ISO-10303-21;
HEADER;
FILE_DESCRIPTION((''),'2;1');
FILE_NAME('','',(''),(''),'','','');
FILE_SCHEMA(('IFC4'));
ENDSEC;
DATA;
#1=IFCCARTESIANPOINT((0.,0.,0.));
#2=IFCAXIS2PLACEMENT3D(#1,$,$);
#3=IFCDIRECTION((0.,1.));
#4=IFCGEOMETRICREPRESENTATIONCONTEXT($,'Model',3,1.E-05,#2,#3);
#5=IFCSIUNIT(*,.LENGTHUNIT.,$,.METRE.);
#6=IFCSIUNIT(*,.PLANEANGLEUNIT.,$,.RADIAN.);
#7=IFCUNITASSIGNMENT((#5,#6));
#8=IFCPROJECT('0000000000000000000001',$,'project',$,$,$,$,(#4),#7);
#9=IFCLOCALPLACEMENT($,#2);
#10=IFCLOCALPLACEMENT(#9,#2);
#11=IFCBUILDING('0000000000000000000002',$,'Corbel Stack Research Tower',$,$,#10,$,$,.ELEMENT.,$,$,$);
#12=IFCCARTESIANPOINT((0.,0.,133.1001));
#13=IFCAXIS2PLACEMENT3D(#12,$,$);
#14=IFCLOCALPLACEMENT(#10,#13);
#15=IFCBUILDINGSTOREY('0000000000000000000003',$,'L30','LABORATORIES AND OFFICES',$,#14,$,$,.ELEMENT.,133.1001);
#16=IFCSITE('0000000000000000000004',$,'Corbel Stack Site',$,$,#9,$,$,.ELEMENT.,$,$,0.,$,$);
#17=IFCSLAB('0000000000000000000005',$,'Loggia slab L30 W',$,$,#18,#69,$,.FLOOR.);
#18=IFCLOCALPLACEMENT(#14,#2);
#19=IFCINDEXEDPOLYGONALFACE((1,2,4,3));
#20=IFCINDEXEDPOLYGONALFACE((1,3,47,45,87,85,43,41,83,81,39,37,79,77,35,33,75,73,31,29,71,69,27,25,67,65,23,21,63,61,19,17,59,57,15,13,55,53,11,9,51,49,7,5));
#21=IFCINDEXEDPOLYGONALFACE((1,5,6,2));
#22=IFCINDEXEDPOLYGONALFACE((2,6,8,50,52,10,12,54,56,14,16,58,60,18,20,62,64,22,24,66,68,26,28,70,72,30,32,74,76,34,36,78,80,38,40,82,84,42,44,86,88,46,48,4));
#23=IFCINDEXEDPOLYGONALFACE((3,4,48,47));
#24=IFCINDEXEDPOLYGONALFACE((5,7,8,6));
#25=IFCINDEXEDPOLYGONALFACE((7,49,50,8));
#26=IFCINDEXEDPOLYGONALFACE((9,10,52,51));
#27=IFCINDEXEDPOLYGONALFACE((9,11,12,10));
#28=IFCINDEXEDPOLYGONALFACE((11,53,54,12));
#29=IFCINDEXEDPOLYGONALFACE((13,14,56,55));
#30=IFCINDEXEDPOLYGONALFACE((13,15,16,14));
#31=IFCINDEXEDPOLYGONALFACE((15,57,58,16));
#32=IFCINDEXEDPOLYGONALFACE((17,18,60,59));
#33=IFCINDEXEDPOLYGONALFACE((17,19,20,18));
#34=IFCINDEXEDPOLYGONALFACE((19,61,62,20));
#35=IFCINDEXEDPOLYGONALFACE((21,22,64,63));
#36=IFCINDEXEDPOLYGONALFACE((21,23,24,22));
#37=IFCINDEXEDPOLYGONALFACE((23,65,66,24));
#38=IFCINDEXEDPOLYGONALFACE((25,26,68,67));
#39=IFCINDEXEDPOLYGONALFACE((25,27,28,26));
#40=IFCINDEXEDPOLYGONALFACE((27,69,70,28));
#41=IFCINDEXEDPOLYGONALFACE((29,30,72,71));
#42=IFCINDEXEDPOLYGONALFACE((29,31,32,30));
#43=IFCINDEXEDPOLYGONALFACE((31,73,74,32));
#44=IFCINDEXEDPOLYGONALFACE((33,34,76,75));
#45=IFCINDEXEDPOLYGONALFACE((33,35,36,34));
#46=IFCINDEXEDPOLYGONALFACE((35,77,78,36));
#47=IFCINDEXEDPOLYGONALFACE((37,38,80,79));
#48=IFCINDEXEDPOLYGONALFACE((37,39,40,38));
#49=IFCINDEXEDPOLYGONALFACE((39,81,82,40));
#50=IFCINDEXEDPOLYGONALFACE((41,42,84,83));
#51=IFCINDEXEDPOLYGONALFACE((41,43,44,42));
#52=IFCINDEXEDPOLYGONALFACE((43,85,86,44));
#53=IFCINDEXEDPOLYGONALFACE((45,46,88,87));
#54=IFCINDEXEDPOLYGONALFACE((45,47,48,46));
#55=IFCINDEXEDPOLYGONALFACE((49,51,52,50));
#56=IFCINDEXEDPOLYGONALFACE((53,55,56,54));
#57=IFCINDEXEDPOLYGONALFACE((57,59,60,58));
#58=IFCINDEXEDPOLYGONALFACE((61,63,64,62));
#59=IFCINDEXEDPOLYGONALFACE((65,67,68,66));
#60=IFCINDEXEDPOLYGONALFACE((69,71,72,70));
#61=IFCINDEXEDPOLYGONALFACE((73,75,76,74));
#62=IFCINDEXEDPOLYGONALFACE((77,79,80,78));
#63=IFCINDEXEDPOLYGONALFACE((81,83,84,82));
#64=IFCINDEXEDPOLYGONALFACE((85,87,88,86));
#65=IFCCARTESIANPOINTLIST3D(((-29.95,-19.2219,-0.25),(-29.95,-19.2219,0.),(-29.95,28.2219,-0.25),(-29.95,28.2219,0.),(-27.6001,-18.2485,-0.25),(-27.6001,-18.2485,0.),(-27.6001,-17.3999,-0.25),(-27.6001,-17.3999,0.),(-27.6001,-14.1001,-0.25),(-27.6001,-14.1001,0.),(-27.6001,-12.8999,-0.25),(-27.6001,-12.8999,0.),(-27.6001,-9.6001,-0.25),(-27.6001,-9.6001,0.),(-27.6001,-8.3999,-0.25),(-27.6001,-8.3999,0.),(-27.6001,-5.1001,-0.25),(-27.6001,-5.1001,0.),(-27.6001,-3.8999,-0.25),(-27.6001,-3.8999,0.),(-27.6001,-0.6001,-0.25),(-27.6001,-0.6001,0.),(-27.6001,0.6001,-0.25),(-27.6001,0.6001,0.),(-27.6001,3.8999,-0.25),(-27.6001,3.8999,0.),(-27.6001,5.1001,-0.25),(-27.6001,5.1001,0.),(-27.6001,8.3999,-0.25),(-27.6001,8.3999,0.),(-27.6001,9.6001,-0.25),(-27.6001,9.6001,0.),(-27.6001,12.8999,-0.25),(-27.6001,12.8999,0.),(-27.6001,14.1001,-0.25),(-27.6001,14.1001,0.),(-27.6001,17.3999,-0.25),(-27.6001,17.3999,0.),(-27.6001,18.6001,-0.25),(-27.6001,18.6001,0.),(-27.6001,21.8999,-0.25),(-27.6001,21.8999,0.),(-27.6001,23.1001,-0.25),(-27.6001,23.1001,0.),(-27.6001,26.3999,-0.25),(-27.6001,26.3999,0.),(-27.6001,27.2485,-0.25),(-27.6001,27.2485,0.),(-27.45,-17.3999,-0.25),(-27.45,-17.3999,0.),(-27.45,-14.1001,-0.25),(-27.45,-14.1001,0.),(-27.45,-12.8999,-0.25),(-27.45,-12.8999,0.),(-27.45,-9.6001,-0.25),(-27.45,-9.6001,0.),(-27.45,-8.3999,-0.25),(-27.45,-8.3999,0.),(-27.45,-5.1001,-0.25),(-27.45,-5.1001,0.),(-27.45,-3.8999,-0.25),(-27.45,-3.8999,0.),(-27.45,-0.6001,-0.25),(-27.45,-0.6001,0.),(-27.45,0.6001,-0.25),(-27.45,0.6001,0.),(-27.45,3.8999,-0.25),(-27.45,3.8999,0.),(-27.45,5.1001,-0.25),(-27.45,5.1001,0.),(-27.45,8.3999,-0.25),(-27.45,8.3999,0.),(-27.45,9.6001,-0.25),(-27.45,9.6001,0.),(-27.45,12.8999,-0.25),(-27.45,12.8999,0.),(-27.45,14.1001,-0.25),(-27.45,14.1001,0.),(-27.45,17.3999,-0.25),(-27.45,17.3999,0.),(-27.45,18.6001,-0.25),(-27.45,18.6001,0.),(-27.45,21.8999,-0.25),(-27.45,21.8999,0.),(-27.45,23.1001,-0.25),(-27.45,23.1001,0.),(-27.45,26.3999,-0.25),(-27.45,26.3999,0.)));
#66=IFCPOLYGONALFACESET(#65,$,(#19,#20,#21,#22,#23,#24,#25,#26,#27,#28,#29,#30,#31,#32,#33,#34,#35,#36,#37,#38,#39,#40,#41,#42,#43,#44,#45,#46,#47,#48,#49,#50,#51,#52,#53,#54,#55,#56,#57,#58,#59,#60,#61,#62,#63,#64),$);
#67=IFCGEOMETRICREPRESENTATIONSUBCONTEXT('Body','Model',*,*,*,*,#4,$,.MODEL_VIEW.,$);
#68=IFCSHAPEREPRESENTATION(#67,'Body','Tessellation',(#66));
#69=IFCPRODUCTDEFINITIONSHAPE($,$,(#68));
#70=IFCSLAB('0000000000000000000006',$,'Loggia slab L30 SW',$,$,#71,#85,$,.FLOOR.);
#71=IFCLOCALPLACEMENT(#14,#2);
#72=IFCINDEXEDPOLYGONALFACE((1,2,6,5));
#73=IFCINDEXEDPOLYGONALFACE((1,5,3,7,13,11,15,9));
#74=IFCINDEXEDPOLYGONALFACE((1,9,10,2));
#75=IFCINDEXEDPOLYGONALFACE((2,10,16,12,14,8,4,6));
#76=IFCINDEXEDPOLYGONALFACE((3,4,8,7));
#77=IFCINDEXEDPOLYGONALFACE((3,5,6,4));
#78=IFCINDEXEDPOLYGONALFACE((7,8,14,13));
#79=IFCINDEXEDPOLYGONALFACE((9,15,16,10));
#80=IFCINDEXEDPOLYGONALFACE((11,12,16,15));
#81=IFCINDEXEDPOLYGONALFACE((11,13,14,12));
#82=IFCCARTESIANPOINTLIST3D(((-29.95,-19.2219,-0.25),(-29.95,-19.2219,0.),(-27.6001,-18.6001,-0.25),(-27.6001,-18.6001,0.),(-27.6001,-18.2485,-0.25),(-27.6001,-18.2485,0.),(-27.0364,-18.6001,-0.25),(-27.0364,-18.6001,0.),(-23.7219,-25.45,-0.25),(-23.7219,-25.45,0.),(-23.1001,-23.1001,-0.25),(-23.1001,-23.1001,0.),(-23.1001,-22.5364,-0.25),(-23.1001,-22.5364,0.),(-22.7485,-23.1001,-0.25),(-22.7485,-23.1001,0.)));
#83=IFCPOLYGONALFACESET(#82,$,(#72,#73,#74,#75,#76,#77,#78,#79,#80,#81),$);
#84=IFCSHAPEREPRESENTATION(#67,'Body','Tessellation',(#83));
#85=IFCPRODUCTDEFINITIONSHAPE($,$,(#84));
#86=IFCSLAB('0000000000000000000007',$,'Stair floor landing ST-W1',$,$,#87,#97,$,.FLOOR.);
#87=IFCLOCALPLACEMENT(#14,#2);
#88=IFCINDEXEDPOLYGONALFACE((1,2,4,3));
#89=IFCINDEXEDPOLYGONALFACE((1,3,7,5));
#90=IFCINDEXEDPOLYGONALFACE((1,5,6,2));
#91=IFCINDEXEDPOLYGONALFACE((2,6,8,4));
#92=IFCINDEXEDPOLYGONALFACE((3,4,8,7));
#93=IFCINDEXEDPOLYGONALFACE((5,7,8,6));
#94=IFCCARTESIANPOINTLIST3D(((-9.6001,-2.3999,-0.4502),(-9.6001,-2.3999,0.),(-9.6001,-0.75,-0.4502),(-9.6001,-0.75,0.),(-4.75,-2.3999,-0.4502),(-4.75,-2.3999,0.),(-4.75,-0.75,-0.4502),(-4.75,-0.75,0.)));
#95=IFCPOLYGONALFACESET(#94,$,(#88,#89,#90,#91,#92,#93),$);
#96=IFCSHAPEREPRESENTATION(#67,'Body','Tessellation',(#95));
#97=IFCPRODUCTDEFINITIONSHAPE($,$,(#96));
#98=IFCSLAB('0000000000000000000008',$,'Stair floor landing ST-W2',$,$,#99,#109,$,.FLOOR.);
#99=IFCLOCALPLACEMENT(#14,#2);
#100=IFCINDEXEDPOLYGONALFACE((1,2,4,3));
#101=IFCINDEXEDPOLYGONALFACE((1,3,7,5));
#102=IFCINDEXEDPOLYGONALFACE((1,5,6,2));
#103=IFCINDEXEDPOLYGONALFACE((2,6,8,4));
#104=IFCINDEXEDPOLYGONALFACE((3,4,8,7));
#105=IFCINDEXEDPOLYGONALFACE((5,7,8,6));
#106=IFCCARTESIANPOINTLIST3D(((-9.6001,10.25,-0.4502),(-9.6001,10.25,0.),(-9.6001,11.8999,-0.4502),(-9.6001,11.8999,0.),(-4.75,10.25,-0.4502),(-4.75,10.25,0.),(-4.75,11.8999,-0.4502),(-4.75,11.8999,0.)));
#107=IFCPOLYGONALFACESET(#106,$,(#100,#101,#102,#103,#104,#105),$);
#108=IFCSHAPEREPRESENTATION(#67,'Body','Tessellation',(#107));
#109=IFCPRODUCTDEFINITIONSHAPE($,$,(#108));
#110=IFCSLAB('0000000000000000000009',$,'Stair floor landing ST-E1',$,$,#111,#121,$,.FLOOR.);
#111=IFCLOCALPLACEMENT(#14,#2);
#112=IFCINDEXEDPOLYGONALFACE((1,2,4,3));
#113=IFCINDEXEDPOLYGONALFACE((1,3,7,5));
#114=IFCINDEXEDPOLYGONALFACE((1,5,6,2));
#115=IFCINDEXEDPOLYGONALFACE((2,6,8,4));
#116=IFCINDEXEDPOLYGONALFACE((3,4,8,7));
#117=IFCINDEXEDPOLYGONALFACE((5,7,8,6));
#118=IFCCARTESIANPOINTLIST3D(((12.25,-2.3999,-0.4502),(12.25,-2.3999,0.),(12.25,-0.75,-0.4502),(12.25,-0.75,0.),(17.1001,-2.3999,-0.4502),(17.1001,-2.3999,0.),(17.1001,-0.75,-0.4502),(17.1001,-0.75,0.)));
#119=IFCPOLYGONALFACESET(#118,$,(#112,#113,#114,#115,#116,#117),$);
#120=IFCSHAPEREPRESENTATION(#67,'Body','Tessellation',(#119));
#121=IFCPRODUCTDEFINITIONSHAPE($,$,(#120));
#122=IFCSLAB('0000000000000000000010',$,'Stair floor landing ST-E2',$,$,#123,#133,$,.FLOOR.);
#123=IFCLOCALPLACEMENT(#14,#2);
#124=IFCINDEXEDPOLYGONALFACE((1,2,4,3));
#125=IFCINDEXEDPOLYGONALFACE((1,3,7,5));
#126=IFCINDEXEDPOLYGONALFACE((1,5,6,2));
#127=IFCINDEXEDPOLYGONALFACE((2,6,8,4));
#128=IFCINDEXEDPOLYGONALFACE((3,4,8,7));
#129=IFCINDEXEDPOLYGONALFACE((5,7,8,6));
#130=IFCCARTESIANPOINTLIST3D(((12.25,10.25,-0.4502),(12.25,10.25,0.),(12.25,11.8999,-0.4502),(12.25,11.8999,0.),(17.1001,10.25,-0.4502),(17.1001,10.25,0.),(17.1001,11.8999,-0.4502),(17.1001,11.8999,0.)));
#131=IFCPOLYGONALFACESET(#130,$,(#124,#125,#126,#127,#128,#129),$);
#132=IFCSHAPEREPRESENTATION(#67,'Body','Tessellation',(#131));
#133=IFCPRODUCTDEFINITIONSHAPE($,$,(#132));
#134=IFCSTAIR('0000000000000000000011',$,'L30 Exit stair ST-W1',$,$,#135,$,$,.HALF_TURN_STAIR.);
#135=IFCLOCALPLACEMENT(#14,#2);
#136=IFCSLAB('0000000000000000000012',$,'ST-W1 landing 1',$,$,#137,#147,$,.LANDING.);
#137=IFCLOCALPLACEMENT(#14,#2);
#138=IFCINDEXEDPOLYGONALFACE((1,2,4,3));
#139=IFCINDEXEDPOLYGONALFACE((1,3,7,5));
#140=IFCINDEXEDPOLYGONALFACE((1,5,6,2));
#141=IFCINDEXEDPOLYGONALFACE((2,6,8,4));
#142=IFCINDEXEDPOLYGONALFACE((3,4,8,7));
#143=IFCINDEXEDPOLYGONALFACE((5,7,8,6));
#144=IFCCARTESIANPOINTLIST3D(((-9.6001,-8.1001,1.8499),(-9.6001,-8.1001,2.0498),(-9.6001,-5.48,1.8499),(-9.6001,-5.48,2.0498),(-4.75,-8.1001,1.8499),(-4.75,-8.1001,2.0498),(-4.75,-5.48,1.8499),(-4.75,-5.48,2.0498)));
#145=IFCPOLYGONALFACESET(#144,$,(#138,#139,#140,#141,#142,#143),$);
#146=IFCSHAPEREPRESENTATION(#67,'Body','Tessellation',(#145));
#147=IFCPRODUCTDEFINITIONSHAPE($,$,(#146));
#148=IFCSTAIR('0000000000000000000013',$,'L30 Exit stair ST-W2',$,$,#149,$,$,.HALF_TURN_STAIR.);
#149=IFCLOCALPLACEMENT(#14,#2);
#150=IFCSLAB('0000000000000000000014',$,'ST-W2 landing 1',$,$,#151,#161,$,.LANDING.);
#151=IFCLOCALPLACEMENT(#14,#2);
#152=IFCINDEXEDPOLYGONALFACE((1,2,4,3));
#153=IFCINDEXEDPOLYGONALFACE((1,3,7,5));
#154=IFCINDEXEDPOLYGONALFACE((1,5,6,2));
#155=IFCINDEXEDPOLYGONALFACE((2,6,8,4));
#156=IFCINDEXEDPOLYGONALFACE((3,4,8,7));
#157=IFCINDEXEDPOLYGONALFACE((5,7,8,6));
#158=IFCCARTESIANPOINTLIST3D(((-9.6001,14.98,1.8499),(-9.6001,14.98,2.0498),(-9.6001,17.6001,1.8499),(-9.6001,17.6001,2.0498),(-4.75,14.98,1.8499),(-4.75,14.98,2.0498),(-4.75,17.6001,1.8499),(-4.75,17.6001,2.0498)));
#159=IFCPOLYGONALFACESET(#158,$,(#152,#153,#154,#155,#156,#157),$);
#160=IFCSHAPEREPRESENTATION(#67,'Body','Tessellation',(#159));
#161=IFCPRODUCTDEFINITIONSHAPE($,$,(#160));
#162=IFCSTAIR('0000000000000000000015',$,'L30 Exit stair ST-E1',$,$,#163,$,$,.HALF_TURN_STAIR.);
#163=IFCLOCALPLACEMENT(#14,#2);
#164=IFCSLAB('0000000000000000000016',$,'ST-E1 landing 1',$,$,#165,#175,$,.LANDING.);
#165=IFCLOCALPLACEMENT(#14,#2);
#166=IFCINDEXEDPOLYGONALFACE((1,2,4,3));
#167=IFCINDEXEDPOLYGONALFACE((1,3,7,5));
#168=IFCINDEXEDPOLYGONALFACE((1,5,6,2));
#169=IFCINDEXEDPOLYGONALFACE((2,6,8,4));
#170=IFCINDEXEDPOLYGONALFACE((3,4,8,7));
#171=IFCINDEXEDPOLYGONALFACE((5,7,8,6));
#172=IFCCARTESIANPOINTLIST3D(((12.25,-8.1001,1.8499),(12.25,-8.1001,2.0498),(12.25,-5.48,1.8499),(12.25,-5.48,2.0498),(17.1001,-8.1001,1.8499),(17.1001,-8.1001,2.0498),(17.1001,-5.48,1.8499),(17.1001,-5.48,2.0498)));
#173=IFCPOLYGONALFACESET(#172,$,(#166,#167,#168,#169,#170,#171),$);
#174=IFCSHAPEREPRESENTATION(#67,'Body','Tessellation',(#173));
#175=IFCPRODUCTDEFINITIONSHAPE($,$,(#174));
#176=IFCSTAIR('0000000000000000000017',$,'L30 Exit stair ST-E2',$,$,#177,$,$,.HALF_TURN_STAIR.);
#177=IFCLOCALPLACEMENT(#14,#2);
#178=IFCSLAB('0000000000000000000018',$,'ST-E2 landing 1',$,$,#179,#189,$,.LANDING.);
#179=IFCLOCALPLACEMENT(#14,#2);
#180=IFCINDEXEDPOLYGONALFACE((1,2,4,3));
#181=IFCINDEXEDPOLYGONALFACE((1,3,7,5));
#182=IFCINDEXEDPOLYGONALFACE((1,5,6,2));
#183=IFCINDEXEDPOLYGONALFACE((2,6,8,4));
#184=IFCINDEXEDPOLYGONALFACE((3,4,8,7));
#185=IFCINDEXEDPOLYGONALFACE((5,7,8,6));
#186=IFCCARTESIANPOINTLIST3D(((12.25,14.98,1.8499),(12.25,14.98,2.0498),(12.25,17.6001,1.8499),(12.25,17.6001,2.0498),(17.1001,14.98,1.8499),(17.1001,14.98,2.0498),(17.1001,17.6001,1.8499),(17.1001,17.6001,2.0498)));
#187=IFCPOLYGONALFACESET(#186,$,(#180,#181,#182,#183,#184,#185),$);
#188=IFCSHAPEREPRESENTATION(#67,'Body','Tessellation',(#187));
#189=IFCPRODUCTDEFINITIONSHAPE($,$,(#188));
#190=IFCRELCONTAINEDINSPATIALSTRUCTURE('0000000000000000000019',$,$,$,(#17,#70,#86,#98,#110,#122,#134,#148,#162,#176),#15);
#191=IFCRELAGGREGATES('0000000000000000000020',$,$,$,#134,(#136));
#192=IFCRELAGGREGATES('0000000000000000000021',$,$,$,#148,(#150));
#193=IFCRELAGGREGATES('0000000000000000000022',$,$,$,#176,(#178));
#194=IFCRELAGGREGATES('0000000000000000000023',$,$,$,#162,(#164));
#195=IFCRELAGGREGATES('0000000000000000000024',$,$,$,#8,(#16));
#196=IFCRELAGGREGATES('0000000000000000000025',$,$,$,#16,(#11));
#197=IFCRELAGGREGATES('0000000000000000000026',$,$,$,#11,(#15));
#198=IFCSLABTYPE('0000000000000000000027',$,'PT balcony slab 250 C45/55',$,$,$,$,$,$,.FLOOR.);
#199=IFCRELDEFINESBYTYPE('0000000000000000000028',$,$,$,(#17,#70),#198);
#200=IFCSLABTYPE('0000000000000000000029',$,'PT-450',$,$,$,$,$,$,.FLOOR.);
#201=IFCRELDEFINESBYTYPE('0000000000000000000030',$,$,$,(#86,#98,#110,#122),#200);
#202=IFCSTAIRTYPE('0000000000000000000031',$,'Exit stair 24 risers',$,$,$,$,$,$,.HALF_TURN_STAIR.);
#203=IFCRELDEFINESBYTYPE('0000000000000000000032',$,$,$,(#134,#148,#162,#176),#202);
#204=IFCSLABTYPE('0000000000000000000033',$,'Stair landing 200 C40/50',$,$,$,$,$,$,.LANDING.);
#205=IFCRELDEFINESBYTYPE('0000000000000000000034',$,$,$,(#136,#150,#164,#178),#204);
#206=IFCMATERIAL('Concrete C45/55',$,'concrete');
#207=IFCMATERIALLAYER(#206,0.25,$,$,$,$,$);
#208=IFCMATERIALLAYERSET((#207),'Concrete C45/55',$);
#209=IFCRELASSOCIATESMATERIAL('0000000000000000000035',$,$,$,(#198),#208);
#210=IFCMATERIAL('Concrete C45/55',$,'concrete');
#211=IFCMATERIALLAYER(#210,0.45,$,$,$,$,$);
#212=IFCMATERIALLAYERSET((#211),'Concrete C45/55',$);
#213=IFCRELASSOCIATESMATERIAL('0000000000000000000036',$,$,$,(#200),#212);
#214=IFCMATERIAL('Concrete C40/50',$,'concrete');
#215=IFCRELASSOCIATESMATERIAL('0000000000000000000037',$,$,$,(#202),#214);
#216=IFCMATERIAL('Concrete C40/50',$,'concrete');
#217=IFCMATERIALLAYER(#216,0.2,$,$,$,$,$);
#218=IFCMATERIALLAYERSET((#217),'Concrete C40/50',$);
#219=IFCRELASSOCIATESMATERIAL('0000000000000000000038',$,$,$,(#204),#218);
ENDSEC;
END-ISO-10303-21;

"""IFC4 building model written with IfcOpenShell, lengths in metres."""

from ifc_helpers import new_model, si_unit, direction, frame, origin, place, context, subcontext, project, spatial, polyline, outline, extrude, material, layer, layer_set, type_object, element, aggregate, save


model = new_model("IFC4")

# Units and contexts
model_context = context("Model", 3, precision=1e-05, world=origin(), true_north=direction((0.0, 1.0)))
body_context = subcontext(model_context, "Body", "Model", "MODEL_VIEW")
ifc_project = project(units=[si_unit("LENGTHUNIT", "METRE"), si_unit("PLANEANGLEUNIT", "RADIAN")], contexts=[model_context])

# Site, building, storey
site_placement = place(None, origin())
site = spatial("IfcSite", under=ifc_project, at=site_placement, Name="Corbel Stack Site", CompositionType="ELEMENT", RefElevation=0.0)
building_placement = place(site_placement, origin())
building = spatial("IfcBuilding", under=site, at=building_placement, Name="Corbel Stack Research Tower", CompositionType="ELEMENT")
storey_placement = place(building_placement, frame((0.0, 0.0, 133.1001)))
storey = spatial("IfcBuildingStorey", under=building, at=storey_placement, Name="L30", Description="LABORATORIES AND OFFICES", CompositionType="ELEMENT", Elevation=133.1001)

# Slabs
ifc_material_1 = material(Name="Concrete C45/55", Category="concrete")
ifc_layer_1 = layer(ifc_material_1, 0.25)
ifc_layer_set_1 = layer_set([ifc_layer_1], Name="Concrete C45/55")
slab_type_1 = type_object("IfcSlabType", Name="PT balcony slab 250 C45/55", PredefinedType="FLOOR", material=ifc_layer_set_1)
slab_1_placement = place(storey_placement, frame((0.0, 0.0, -0.25)))
element("IfcSlab", 1, at=slab_1_placement, inside=storey, type_object=slab_type_1, Name="Loggia slab L30 W", PredefinedType="FLOOR", context=body_context, shape_type="SweptSolid", body=[
    extrude(outline(polyline([(-27.6001, -18.2485), (-27.6001, -17.3999), (-27.45, -17.3999), (-27.45, -14.1001), (-27.6001, -14.1001), (-27.6001, -12.8999), (-27.45, -12.8999), (-27.45, -9.6001), (-27.6001, -9.6001), (-27.6001, -8.3999), (-27.45, -8.3999), (-27.45, -5.1001), (-27.6001, -5.1001), (-27.6001, -3.8999), (-27.45, -3.8999), (-27.45, -0.6001), (-27.6001, -0.6001), (-27.6001, 0.6001), (-27.45, 0.6001), (-27.45, 3.8999), (-27.6001, 3.8999), (-27.6001, 5.1001), (-27.45, 5.1001), (-27.45, 8.3999), (-27.6001, 8.3999), (-27.6001, 9.6001), (-27.45, 9.6001), (-27.45, 12.8999), (-27.6001, 12.8999), (-27.6001, 14.1001), (-27.45, 14.1001), (-27.45, 17.3999), (-27.6001, 17.3999), (-27.6001, 18.6001), (-27.45, 18.6001), (-27.45, 21.8999), (-27.6001, 21.8999), (-27.6001, 23.1001), (-27.45, 23.1001), (-27.45, 26.3999), (-27.6001, 26.3999), (-27.6001, 27.2485), (-29.95, 28.2219), (-29.95, -19.2219), (-27.6001, -18.2485)])), origin(), (0.0, 0.0, 1.0), 0.25),
])
slab_2_placement = place(storey_placement, frame((0.0, 0.0, -0.25)))
element("IfcSlab", 2, at=slab_2_placement, inside=storey, type_object=slab_type_1, Name="Loggia slab L30 SW", PredefinedType="FLOOR", context=body_context, shape_type="SweptSolid", body=[
    extrude(outline(polyline([(-22.7485, -23.1001), (-23.1001, -23.1001), (-23.1001, -22.5364), (-27.0364, -18.6001), (-27.6001, -18.6001), (-27.6001, -18.2485), (-29.95, -19.2219), (-23.7219, -25.45), (-22.7485, -23.1001)])), origin(), (0.0, 0.0, 1.0), 0.25),
])
ifc_material_2 = material(Name="Concrete C45/55", Category="concrete")
ifc_layer_2 = layer(ifc_material_2, 0.45)
ifc_layer_set_2 = layer_set([ifc_layer_2], Name="Concrete C45/55")
slab_type_2 = type_object("IfcSlabType", Name="PT-450", PredefinedType="FLOOR", material=ifc_layer_set_2)
slab_3_placement = place(storey_placement, frame((0.0, 0.0, -0.4502)))
element("IfcSlab", 3, at=slab_3_placement, inside=storey, type_object=slab_type_2, Name="Stair floor landing ST-W1", PredefinedType="FLOOR", context=body_context, shape_type="SweptSolid", body=[
    extrude(outline(polyline([(-9.6001, -2.3999), (-4.75, -2.3999), (-4.75, -0.75), (-9.6001, -0.75), (-9.6001, -2.3999)])), origin(), (0.0, 0.0, 1.0), 0.4502),
])
slab_4_placement = place(storey_placement, frame((0.0, 0.0, -0.4502)))
element("IfcSlab", 4, at=slab_4_placement, inside=storey, type_object=slab_type_2, Name="Stair floor landing ST-W2", PredefinedType="FLOOR", context=body_context, shape_type="SweptSolid", body=[
    extrude(outline(polyline([(-9.6001, 10.25), (-4.75, 10.25), (-4.75, 11.8999), (-9.6001, 11.8999), (-9.6001, 10.25)])), origin(), (0.0, 0.0, 1.0), 0.4502),
])
slab_5_placement = place(storey_placement, frame((0.0, 0.0, -0.4502)))
element("IfcSlab", 5, at=slab_5_placement, inside=storey, type_object=slab_type_2, Name="Stair floor landing ST-E1", PredefinedType="FLOOR", context=body_context, shape_type="SweptSolid", body=[
    extrude(outline(polyline([(12.25, -2.3999), (17.1001, -2.3999), (17.1001, -0.75), (12.25, -0.75), (12.25, -2.3999)])), origin(), (0.0, 0.0, 1.0), 0.4502),
])
slab_6_placement = place(storey_placement, frame((0.0, 0.0, -0.4502)))
element("IfcSlab", 6, at=slab_6_placement, inside=storey, type_object=slab_type_2, Name="Stair floor landing ST-E2", PredefinedType="FLOOR", context=body_context, shape_type="SweptSolid", body=[
    extrude(outline(polyline([(12.25, 10.25), (17.1001, 10.25), (17.1001, 11.8999), (12.25, 11.8999), (12.25, 10.25)])), origin(), (0.0, 0.0, 1.0), 0.4502),
])

# Stairs, slabs
ifc_material_3 = material(Name="Concrete C40/50", Category="concrete")
stair_type = type_object("IfcStairType", Name="Exit stair 24 risers", PredefinedType="HALF_TURN_STAIR", material=ifc_material_3)
stair_1_placement = place(storey_placement, origin())
stair_1 = element("IfcStair", 7, at=stair_1_placement, inside=storey, type_object=stair_type, Name="L30 Exit stair ST-W1", PredefinedType="HALF_TURN_STAIR")
ifc_material_4 = material(Name="Concrete C40/50", Category="concrete")
ifc_layer_3 = layer(ifc_material_4, 0.2)
ifc_layer_set_3 = layer_set([ifc_layer_3], Name="Concrete C40/50")
slab_type_3 = type_object("IfcSlabType", Name="Stair landing 200 C40/50", PredefinedType="LANDING", material=ifc_layer_set_3)
slab_7_placement = place(storey_placement, frame((0.0, 0.0, 1.8499)))
slab_7 = element("IfcSlab", 8, at=slab_7_placement, type_object=slab_type_3, Name="ST-W1 landing 1", PredefinedType="LANDING", context=body_context, shape_type="SweptSolid", body=[
    extrude(outline(polyline([(-9.6001, -8.1001), (-9.6001, -5.48), (-4.75, -5.48), (-4.75, -8.1001), (-9.6001, -8.1001)])), origin(), (0.0, 0.0, 1.0), 0.2),
])
aggregate(stair_1, [slab_7])
stair_2_placement = place(storey_placement, origin())
stair_2 = element("IfcStair", 9, at=stair_2_placement, inside=storey, type_object=stair_type, Name="L30 Exit stair ST-W2", PredefinedType="HALF_TURN_STAIR")
slab_8_placement = place(storey_placement, frame((0.0, 0.0, 1.8499)))
slab_8 = element("IfcSlab", 10, at=slab_8_placement, type_object=slab_type_3, Name="ST-W2 landing 1", PredefinedType="LANDING", context=body_context, shape_type="SweptSolid", body=[
    extrude(outline(polyline([(-9.6001, 14.98), (-9.6001, 17.6001), (-4.75, 17.6001), (-4.75, 14.98), (-9.6001, 14.98)])), origin(), (0.0, 0.0, 1.0), 0.2),
])
aggregate(stair_2, [slab_8])
stair_3_placement = place(storey_placement, origin())
stair_3 = element("IfcStair", 11, at=stair_3_placement, inside=storey, type_object=stair_type, Name="L30 Exit stair ST-E1", PredefinedType="HALF_TURN_STAIR")
slab_9_placement = place(storey_placement, frame((0.0, 0.0, 1.8499)))
slab_9 = element("IfcSlab", 12, at=slab_9_placement, type_object=slab_type_3, Name="ST-E1 landing 1", PredefinedType="LANDING", context=body_context, shape_type="SweptSolid", body=[
    extrude(outline(polyline([(12.25, -8.1001), (12.25, -5.48), (17.1001, -5.48), (17.1001, -8.1001), (12.25, -8.1001)])), origin(), (0.0, 0.0, 1.0), 0.2),
])
stair_4_placement = place(storey_placement, origin())
stair_4 = element("IfcStair", 13, at=stair_4_placement, inside=storey, type_object=stair_type, Name="L30 Exit stair ST-E2", PredefinedType="HALF_TURN_STAIR")
slab_10_placement = place(storey_placement, frame((0.0, 0.0, 1.8499)))
slab_10 = element("IfcSlab", 14, at=slab_10_placement, type_object=slab_type_3, Name="ST-E2 landing 1", PredefinedType="LANDING", context=body_context, shape_type="SweptSolid", body=[
    extrude(outline(polyline([(12.25, 14.98), (12.25, 17.6001), (17.1001, 17.6001), (17.1001, 14.98), (12.25, 14.98)])), origin(), (0.0, 0.0, 1.0), 0.2),
])
aggregate(stair_4, [slab_10])

aggregate(stair_3, [slab_9])

save(model, "model.ifc")
